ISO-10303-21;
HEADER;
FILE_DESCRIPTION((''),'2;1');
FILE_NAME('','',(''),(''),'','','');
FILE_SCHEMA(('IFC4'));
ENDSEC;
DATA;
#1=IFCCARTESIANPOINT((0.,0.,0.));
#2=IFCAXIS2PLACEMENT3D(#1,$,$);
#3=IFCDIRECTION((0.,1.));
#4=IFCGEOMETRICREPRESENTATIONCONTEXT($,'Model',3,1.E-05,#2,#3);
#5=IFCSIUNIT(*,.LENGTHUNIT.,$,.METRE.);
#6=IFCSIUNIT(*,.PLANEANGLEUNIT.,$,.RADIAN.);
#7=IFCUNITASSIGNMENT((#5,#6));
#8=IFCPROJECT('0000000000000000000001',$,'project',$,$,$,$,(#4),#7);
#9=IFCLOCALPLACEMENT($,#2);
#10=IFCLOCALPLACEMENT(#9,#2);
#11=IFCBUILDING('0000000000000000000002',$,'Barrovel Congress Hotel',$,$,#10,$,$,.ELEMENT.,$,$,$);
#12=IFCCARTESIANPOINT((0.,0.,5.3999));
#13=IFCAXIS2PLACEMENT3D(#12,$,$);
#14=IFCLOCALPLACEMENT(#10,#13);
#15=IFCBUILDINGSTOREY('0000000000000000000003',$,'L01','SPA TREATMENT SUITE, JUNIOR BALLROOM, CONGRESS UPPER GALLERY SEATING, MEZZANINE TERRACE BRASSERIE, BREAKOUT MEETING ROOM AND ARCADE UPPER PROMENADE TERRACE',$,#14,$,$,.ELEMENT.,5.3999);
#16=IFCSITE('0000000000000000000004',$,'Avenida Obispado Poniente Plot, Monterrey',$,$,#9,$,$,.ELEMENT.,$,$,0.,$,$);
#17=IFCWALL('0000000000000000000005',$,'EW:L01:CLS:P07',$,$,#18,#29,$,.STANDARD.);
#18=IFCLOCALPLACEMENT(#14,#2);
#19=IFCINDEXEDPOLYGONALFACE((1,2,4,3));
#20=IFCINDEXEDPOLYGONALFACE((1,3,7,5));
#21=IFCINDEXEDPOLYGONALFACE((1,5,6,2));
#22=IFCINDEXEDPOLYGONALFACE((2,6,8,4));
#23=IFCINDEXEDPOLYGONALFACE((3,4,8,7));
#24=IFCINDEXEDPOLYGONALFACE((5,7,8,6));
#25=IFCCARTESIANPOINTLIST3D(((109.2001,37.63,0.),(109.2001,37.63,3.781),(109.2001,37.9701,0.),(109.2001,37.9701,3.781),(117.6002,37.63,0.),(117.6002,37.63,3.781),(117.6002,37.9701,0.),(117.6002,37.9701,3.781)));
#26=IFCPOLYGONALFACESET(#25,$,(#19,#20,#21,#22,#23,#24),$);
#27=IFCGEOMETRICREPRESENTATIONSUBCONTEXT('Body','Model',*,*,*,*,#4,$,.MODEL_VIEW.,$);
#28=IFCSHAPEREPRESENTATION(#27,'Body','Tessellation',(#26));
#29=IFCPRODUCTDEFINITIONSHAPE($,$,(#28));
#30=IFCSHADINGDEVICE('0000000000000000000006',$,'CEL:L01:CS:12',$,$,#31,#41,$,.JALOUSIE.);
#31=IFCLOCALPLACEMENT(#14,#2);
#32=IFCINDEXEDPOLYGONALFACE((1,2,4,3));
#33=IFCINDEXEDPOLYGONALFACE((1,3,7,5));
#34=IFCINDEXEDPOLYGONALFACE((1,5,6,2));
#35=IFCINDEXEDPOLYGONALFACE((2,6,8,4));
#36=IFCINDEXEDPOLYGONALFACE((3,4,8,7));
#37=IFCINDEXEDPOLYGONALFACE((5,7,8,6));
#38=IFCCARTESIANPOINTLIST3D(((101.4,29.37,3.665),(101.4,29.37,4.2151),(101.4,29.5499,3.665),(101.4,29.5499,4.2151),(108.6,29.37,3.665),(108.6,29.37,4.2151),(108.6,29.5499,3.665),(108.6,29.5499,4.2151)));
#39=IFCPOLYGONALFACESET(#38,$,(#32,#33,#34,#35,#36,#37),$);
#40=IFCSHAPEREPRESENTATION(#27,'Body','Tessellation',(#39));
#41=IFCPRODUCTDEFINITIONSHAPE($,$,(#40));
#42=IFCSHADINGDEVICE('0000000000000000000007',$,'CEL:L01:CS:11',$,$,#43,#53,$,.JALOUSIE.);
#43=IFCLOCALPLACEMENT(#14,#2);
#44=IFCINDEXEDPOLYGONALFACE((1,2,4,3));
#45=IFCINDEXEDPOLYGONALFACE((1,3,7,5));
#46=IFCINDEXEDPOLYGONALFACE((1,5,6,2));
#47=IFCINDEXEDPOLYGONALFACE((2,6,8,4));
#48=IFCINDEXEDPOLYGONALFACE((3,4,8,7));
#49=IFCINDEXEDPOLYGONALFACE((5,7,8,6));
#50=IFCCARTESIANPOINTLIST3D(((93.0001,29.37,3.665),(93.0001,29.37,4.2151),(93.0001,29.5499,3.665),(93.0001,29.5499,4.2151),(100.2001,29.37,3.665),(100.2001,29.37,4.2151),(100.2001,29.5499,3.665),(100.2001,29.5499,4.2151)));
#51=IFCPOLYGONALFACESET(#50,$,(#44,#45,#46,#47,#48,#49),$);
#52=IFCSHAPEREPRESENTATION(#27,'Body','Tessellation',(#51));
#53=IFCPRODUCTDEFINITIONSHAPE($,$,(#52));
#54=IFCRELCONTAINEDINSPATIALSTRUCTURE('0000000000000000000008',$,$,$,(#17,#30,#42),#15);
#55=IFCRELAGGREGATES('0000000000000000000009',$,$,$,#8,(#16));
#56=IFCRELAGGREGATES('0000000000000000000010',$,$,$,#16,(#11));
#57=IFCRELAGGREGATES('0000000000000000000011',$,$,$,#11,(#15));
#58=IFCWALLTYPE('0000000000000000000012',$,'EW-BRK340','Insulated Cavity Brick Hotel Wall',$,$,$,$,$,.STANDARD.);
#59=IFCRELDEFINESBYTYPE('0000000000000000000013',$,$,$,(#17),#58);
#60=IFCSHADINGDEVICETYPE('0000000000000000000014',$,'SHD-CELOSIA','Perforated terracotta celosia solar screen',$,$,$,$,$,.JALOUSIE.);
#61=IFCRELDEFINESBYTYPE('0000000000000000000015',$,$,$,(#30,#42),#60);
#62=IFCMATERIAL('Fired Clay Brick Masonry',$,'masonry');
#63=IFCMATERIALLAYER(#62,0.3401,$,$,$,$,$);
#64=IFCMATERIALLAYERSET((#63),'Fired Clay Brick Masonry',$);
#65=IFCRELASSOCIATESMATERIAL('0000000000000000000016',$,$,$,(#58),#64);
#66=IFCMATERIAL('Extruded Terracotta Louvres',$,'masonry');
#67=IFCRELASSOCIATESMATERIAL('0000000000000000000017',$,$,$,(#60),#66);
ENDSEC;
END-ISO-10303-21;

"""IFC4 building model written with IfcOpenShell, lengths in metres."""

from ifc_helpers import new_model, si_unit, direction, frame, frame_2d, origin, origin_2d, place, context, subcontext, project, spatial, rectangle, extrude, material, layer, layer_set, type_object, element, save


model = new_model("IFC4")

# Units and contexts
model_context = context("Model", 3, precision=1e-05, world=origin(), true_north=direction((0.0, 1.0)))
body_context = subcontext(model_context, "Body", "Model", "MODEL_VIEW")
ifc_project = project(units=[si_unit("LENGTHUNIT", "METRE"), si_unit("PLANEANGLEUNIT", "RADIAN")], contexts=[model_context])

# Site, building, storey
site_placement = place(None, origin())
site = spatial("IfcSite", under=ifc_project, at=site_placement, Name="Avenida Obispado Poniente Plot, Monterrey", CompositionType="ELEMENT", RefElevation=0.0)
building_placement = place(site_placement, origin())
building = spatial("IfcBuilding", under=site, at=building_placement, Name="Barrovel Congress Hotel", CompositionType="ELEMENT")
storey_placement = place(building_placement, frame((0.0, 0.0, 5.3999)))
storey = spatial("IfcBuildingStorey", under=building, at=storey_placement, Name="L01", Description="SPA TREATMENT SUITE, JUNIOR BALLROOM, CONGRESS UPPER GALLERY SEATING, MEZZANINE TERRACE BRASSERIE, BREAKOUT MEETING ROOM AND ARCADE UPPER PROMENADE TERRACE", CompositionType="ELEMENT", Elevation=5.3999)

# Wall
ifc_material_1 = material(Name="Fired Clay Brick Masonry", Category="masonry")
ifc_layer_1 = layer(ifc_material_1, 0.3401)
ifc_layer_set_1 = layer_set([ifc_layer_1], Name="Fired Clay Brick Masonry")
wall_type = type_object("IfcWallType", Name="EW-BRK340", Description="Insulated Cavity Brick Hotel Wall", PredefinedType="STANDARD", material=ifc_layer_set_1)
wall_1_placement = place(storey_placement, frame((109.2, 37.8, 0.0), z_axis=(0.0, 0.0, 1.0), x_axis=(1.0, 0.0, 0.0)))
element("IfcWall", 1, at=wall_1_placement, inside=storey, type_object=wall_type, Name="EW:L01:CLS:P07", PredefinedType="STANDARD", context=body_context, shape_type="SweptSolid", body=[
    extrude(rectangle(XDim=8.4001, YDim=0.3401, at=frame_2d((4.2002, 0.0))), origin(), (0.0, 0.0, 1.0), 3.781),
])

# Shading devices
ifc_material_2 = material(Name="Extruded Terracotta Louvres", Category="masonry")
shading_device_type = type_object("IfcShadingDeviceType", Name="SHD-CELOSIA", Description="Perforated terracotta celosia solar screen", PredefinedType="JALOUSIE", material=ifc_material_2)
for number, where, z_axis, x_axis, name in (
    (2, (105.0, 29.46, 3.665), (0.0, 0.0, 1.0), (1.0, 0.0, 0.0), "CEL:L01:CS:12"),
    (3, (96.6001, 29.46, 3.665), (0.0, 0.0, 1.0), (1.0, 0.0, 0.0), "CEL:L01:CS:11"),
):
    element("IfcShadingDevice", number, at=place(storey_placement, frame(where, z_axis=z_axis, x_axis=x_axis)), inside=storey, type_object=shading_device_type, Name=name, PredefinedType="JALOUSIE", context=body_context, shape_type="SweptSolid", body=[
        extrude(rectangle(XDim=7.2, YDim=0.1799, at=origin_2d()), origin(), (0.0, 0.0, 1.0), 0.55),
    ])

save(model, "model.ifc")
